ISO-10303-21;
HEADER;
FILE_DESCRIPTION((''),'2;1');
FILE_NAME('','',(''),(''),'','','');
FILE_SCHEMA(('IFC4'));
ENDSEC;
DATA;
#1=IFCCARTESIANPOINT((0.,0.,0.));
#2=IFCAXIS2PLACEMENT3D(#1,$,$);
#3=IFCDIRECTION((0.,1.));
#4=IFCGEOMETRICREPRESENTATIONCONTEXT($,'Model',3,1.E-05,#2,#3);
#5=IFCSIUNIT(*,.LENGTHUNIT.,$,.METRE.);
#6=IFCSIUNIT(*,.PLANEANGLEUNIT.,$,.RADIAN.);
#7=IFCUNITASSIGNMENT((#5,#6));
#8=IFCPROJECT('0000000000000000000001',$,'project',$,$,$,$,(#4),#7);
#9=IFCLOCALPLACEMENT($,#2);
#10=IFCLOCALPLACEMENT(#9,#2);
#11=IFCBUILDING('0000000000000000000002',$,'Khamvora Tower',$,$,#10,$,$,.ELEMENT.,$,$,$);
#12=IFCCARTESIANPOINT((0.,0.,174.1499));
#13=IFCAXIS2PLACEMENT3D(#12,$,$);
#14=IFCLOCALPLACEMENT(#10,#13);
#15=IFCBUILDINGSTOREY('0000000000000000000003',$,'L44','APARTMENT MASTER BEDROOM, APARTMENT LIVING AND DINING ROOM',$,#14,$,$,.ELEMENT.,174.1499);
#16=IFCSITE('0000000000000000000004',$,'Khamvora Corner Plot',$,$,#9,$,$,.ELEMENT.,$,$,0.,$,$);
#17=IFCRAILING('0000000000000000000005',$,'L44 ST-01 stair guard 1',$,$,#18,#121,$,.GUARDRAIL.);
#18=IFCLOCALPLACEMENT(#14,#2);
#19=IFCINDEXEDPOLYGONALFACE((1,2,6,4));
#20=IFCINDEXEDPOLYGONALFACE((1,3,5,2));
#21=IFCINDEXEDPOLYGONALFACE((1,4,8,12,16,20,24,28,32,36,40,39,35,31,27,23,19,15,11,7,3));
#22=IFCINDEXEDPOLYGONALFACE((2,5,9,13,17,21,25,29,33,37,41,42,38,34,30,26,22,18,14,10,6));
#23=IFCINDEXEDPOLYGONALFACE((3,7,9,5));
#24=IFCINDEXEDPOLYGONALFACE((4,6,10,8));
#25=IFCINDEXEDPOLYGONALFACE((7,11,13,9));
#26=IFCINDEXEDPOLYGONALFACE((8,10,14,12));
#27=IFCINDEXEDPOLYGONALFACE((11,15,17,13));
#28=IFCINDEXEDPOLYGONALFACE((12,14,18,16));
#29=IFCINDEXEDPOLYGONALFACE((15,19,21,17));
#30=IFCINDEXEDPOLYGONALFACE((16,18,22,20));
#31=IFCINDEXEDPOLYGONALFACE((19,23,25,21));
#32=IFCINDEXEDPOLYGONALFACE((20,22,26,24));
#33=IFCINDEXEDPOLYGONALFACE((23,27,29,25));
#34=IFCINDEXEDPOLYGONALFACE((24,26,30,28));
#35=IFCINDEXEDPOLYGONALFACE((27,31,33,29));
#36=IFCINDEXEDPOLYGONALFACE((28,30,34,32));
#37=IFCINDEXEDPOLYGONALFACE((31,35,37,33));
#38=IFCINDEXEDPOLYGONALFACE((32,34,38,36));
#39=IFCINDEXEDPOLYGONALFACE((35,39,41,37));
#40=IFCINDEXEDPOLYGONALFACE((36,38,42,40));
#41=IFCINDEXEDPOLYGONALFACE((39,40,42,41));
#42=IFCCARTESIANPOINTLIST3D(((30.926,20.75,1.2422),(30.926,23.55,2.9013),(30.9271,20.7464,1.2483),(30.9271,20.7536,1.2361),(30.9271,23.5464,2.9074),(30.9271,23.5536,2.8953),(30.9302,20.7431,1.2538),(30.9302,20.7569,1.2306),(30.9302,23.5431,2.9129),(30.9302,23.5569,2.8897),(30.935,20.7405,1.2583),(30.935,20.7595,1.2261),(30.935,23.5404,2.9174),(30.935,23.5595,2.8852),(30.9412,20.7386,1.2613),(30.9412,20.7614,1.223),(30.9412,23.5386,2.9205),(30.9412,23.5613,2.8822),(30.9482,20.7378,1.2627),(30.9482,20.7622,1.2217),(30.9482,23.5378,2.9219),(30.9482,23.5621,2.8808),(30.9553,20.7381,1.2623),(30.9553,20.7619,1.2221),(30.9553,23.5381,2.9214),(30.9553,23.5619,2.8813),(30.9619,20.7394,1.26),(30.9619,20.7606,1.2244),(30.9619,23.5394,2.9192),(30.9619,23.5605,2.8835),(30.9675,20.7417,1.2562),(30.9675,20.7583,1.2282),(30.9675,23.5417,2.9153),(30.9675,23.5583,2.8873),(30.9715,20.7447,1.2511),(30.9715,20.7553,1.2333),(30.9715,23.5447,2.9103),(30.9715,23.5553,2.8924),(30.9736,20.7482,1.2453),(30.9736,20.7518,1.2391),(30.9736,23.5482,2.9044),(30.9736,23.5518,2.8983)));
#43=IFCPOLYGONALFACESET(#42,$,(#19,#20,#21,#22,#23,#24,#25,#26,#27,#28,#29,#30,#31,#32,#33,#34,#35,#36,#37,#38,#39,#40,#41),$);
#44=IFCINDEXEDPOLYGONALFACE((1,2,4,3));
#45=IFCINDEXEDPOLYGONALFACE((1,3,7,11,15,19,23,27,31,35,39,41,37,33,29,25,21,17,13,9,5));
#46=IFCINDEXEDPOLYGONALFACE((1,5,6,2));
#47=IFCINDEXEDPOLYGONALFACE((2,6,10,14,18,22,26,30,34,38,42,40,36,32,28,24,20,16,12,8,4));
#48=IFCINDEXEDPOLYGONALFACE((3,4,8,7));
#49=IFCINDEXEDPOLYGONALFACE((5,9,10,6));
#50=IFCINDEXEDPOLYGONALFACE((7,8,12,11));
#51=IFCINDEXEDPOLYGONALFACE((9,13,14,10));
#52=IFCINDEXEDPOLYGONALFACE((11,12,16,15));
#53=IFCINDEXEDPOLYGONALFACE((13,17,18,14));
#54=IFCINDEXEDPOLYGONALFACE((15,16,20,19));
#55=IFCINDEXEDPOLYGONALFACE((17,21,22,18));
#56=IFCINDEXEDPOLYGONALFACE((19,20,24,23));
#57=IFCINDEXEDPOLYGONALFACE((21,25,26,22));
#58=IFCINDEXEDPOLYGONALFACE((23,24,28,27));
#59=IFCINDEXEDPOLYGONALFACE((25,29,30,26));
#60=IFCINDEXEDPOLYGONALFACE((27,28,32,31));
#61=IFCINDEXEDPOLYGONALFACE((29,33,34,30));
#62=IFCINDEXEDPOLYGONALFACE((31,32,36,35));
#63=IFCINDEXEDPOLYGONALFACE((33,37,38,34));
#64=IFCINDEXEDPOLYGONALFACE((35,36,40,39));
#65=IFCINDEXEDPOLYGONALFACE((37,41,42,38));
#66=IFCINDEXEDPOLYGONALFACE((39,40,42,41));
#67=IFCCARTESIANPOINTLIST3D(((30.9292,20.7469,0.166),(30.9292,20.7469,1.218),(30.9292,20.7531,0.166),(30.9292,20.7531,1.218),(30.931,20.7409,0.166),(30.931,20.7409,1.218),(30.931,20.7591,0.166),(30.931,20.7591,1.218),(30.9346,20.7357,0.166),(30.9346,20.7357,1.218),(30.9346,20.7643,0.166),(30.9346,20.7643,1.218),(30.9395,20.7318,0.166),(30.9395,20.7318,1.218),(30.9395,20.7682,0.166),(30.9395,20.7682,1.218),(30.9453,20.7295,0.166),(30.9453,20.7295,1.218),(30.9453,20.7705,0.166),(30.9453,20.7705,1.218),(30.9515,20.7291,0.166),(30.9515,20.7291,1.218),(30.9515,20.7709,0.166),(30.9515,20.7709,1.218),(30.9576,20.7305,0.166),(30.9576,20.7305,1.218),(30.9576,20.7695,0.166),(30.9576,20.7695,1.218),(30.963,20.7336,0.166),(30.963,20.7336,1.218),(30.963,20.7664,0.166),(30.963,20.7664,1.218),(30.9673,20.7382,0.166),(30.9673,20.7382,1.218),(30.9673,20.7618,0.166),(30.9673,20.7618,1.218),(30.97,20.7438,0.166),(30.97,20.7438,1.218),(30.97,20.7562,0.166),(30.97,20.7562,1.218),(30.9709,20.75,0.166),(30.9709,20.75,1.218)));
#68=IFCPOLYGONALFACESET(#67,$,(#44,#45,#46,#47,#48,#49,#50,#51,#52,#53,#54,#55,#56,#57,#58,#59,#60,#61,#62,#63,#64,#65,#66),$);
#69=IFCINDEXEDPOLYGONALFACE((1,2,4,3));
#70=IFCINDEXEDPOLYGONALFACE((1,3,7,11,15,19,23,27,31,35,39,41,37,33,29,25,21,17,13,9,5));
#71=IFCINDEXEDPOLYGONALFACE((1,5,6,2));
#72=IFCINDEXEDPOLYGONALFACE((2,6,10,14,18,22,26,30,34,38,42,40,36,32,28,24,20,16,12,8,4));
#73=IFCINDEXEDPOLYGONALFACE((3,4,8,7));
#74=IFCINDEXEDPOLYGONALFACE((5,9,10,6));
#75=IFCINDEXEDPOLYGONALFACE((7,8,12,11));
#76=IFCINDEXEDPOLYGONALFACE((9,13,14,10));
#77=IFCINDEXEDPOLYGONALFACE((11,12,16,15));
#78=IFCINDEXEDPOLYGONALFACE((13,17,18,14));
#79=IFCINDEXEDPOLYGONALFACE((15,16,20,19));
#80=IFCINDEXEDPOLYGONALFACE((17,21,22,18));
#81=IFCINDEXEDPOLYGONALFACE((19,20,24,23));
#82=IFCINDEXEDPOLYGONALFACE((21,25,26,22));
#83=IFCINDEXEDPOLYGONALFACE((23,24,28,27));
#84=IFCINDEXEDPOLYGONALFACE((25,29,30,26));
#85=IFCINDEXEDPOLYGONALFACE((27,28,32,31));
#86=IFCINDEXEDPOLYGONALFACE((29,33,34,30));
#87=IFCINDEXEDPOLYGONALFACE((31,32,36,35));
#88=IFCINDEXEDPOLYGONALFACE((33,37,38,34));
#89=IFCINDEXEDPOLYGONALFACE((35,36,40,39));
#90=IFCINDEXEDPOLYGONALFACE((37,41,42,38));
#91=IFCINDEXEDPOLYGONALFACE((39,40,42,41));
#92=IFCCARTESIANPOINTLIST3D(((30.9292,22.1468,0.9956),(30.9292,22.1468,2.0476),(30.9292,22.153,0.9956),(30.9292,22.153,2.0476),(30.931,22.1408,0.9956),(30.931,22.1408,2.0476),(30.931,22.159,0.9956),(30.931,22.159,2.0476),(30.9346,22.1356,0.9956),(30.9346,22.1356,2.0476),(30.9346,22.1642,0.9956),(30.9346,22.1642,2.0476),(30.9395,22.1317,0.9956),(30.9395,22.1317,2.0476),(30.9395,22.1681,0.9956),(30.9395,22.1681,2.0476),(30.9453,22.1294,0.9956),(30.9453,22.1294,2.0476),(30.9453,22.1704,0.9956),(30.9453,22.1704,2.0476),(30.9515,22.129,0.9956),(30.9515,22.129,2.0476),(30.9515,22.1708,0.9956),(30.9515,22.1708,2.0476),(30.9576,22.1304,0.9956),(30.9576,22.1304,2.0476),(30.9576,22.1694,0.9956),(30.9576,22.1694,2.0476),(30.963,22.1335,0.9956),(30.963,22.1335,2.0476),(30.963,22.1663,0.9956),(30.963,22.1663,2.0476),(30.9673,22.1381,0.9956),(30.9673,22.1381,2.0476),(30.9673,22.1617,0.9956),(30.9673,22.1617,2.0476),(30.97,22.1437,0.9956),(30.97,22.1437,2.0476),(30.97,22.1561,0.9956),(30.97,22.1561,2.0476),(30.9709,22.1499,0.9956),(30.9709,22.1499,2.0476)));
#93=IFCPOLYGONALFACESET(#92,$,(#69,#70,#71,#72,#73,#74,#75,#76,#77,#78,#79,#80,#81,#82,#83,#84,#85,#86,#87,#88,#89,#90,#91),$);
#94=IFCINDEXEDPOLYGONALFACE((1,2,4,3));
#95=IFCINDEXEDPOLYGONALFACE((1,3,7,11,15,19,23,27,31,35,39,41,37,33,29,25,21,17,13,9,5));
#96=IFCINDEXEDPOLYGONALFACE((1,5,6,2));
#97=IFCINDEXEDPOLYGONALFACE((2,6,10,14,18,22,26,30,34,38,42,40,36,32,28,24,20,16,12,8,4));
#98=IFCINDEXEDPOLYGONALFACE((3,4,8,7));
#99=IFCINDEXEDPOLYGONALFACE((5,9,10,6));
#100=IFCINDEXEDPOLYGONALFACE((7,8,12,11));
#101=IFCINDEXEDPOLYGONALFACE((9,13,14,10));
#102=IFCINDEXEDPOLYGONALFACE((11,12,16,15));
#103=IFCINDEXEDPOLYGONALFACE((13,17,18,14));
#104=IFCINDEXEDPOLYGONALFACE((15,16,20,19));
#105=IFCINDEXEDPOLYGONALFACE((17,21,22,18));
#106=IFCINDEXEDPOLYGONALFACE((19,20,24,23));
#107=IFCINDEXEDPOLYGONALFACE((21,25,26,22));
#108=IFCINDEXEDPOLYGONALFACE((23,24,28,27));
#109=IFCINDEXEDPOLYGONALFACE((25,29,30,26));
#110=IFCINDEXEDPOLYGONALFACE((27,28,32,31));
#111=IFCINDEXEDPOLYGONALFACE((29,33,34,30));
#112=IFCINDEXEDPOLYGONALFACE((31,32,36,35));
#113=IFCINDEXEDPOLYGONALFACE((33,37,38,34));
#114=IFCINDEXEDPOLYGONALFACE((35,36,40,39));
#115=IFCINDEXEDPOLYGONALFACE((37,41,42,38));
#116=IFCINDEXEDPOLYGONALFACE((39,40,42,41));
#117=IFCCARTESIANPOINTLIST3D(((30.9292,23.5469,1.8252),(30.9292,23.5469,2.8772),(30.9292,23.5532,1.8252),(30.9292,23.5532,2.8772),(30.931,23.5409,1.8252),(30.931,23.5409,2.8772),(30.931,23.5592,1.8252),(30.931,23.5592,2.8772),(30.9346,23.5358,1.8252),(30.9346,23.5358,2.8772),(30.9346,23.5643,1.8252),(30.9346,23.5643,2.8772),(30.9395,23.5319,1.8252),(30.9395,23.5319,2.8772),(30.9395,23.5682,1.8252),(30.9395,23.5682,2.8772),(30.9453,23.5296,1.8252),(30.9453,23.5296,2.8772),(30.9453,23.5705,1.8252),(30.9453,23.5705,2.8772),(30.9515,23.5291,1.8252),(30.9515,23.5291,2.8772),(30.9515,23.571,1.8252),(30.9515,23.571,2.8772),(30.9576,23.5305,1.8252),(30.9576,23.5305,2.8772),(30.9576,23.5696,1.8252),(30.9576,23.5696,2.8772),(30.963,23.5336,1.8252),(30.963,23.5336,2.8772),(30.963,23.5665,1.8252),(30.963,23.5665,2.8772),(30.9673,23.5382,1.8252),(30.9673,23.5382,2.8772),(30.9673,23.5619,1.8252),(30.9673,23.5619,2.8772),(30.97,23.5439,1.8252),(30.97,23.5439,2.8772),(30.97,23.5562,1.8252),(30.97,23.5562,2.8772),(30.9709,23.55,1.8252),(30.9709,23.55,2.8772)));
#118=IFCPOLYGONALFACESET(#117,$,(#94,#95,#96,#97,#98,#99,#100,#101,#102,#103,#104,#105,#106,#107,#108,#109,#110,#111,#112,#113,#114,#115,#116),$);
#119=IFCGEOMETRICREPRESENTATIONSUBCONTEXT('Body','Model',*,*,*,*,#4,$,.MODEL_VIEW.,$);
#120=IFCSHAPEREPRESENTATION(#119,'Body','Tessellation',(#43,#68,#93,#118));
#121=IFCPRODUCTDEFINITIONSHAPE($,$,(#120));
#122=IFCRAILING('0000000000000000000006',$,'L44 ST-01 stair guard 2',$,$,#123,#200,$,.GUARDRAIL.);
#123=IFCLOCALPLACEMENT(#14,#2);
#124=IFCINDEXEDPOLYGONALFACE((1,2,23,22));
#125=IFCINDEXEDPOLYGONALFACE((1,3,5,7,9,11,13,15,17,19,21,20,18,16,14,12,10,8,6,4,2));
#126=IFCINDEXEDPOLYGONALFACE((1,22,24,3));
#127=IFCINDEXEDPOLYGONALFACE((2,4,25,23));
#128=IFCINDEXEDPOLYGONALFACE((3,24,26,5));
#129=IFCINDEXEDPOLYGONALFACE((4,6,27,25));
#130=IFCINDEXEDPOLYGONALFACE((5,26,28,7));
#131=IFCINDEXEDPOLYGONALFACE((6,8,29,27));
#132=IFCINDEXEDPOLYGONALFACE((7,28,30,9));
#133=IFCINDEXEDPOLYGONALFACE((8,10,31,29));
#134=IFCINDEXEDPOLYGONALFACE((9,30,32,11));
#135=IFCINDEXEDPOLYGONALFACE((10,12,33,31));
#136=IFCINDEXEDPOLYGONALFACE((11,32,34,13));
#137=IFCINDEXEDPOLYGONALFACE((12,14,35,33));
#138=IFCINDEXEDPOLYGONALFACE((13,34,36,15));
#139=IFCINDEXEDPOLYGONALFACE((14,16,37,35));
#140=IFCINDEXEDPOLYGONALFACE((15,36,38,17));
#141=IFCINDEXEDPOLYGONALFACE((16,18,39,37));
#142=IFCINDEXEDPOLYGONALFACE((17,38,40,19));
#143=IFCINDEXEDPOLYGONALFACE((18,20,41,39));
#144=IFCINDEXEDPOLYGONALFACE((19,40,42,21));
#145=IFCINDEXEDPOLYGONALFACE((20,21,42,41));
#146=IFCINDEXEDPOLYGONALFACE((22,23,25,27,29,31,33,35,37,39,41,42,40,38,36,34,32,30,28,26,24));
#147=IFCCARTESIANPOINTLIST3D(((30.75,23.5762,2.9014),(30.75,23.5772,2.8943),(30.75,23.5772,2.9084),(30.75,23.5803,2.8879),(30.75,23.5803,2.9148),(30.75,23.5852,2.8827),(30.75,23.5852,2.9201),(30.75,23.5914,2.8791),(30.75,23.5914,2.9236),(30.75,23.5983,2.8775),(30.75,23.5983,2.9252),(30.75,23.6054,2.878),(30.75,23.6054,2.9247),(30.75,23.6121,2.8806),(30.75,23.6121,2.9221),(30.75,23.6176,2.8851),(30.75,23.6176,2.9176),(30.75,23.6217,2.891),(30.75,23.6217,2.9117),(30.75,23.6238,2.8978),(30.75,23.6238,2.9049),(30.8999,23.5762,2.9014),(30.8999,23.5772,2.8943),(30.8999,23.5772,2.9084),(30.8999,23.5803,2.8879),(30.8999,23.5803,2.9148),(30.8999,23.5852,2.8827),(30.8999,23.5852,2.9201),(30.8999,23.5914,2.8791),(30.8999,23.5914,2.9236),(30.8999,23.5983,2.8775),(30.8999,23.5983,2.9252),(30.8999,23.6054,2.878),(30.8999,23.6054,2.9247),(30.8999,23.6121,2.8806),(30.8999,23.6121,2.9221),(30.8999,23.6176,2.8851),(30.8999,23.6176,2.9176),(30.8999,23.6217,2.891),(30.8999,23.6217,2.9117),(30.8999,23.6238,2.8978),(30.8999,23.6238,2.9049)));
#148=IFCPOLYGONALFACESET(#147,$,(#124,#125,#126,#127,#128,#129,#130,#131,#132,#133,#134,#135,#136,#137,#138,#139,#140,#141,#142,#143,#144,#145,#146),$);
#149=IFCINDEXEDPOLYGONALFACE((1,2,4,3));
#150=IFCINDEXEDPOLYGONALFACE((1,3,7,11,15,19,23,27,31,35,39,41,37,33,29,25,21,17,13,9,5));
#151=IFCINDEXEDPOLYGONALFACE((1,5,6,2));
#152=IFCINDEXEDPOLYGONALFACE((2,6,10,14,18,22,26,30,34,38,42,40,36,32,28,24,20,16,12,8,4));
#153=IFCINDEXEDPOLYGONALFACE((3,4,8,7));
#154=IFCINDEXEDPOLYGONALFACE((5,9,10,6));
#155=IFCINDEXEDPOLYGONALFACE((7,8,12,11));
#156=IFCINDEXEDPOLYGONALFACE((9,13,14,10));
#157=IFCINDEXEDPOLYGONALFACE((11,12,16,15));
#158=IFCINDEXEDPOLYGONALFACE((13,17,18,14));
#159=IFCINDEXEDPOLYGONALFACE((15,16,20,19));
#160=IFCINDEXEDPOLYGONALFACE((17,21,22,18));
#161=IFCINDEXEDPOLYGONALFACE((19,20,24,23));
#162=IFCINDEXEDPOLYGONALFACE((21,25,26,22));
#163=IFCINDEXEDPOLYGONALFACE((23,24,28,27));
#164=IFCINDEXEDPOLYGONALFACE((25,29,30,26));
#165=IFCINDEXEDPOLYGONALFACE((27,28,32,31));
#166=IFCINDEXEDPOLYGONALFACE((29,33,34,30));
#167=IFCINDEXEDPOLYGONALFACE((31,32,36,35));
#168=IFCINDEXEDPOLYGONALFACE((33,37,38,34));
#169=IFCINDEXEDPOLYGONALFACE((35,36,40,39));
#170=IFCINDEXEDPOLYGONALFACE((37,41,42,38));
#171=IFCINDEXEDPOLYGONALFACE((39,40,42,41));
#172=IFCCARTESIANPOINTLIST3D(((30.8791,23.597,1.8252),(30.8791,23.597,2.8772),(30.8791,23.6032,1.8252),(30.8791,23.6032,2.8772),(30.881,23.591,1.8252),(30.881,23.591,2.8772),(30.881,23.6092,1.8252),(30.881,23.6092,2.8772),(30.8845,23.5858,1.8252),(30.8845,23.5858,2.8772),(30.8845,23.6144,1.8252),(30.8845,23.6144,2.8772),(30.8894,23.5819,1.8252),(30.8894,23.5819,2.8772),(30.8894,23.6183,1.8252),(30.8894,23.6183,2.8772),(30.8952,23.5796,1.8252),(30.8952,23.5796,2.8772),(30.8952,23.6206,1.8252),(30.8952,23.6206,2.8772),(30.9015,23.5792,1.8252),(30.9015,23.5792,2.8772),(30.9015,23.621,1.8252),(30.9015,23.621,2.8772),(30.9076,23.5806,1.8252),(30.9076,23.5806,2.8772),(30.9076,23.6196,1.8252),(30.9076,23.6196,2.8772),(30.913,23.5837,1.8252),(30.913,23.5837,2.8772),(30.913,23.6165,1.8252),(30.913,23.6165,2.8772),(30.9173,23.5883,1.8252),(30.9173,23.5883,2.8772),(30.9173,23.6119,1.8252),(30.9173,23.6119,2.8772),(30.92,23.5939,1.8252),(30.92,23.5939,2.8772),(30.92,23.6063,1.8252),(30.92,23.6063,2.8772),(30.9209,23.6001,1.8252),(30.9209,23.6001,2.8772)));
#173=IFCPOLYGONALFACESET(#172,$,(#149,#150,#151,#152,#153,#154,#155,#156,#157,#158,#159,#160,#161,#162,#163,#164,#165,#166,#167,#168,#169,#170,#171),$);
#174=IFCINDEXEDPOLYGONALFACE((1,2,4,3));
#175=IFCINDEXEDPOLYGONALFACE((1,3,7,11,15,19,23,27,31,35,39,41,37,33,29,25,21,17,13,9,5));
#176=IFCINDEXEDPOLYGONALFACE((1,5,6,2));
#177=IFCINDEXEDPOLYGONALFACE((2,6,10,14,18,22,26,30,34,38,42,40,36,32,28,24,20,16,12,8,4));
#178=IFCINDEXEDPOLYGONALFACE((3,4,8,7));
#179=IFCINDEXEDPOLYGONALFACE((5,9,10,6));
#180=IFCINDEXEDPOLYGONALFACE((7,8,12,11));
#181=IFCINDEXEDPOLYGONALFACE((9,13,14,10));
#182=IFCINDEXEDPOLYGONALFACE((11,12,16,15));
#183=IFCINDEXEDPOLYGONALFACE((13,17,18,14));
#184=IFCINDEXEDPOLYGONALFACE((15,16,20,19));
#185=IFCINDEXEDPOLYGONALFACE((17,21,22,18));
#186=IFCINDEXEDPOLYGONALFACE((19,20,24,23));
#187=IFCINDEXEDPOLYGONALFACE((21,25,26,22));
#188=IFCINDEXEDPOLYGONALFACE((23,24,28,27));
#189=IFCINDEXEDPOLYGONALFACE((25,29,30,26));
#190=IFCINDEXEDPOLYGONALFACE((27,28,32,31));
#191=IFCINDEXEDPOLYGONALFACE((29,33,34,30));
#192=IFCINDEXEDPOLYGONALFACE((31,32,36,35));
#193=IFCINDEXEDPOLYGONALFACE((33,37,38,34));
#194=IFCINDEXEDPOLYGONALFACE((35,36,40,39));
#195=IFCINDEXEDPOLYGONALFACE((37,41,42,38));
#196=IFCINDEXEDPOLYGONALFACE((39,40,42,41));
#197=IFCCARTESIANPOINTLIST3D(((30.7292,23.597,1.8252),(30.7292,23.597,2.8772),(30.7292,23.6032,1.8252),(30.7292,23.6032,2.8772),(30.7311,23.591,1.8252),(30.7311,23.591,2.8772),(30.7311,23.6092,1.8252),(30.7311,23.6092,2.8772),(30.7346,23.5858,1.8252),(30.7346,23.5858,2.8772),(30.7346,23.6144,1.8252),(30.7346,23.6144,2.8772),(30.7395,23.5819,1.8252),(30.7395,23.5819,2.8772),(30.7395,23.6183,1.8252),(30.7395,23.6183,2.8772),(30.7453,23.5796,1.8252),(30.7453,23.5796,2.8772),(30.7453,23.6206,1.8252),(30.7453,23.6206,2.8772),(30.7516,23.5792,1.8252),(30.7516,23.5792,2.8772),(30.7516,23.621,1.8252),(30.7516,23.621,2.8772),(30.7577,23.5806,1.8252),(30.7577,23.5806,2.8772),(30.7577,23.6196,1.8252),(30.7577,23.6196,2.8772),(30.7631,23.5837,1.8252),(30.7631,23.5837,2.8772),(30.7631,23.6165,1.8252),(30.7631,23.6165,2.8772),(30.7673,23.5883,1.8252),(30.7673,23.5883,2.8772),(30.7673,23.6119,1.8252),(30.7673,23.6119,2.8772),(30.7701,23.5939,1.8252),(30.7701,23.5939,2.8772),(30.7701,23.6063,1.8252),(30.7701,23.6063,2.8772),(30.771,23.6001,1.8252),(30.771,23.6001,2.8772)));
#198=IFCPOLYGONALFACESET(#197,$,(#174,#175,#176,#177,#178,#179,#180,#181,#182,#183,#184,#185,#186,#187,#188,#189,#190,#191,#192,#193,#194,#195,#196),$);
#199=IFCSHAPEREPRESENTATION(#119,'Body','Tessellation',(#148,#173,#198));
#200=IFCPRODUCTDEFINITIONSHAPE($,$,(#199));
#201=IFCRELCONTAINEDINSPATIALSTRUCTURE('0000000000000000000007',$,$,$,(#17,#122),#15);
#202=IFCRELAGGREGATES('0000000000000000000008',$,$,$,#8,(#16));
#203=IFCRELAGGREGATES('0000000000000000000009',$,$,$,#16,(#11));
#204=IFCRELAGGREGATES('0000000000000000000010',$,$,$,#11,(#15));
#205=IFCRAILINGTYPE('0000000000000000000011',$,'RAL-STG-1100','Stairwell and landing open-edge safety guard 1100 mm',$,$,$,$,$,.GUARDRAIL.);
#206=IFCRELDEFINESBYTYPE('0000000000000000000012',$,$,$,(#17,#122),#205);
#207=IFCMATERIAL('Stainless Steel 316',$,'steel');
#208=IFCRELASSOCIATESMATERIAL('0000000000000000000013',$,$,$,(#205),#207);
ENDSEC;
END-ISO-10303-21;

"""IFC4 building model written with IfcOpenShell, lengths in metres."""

from ifc_helpers import new_model, si_unit, direction, frame, origin, origin_2d, place, context, subcontext, project, spatial, circle, extrude, material, type_object, element, save


model = new_model("IFC4")

# Units and contexts
model_context = context("Model", 3, precision=1e-05, world=origin(), true_north=direction((0.0, 1.0)))
body_context = subcontext(model_context, "Body", "Model", "MODEL_VIEW")
ifc_project = project(units=[si_unit("LENGTHUNIT", "METRE"), si_unit("PLANEANGLEUNIT", "RADIAN")], contexts=[model_context])

# Site, building, storey
site_placement = place(None, origin())
site = spatial("IfcSite", under=ifc_project, at=site_placement, Name="Khamvora Corner Plot", CompositionType="ELEMENT", RefElevation=0.0)
building_placement = place(site_placement, origin())
building = spatial("IfcBuilding", under=site, at=building_placement, Name="Khamvora Tower", CompositionType="ELEMENT")
storey_placement = place(building_placement, frame((0.0, 0.0, 174.1499)))
storey = spatial("IfcBuildingStorey", under=building, at=storey_placement, Name="L44", Description="APARTMENT MASTER BEDROOM, APARTMENT LIVING AND DINING ROOM", CompositionType="ELEMENT", Elevation=174.1499)

# Railings
ifc_material_1 = material(Name="Stainless Steel 316", Category="steel")
railing_type_1 = type_object("IfcRailingType", Name="RAL-STG-1100", Description="Stairwell and landing open-edge safety guard 1100 mm", PredefinedType="GUARDRAIL", material=ifc_material_1)
railing_1_placement = place(storey_placement, frame((30.95, 20.75, 0.166)))
element("IfcRailing", 1, at=railing_1_placement, inside=storey, type_object=railing_type_1, Name="L44 ST-01 stair guard 1", PredefinedType="GUARDRAIL", context=body_context, shape_type="SweptSolid", body=[
    extrude(circle(Radius=0.0239, at=origin_2d()), frame((0.0, 0.0, 1.0762), z_axis=(0.0, 0.860306, 0.509778), x_axis=(-1.0, 0.0, 0.0)), (0.0, 0.0, 1.0), 3.2546),
    extrude(circle(Radius=0.021, at=origin_2d()), origin(), (0.0, 0.0, 1.0), 1.052),
    extrude(circle(Radius=0.021, at=origin_2d()), frame((0.0, 1.3999, 0.8296)), (0.0, 0.0, 1.0), 1.052),
    extrude(circle(Radius=0.021, at=origin_2d()), frame((0.0, 2.8, 1.6592)), (0.0, 0.0, 1.0), 1.052),
])
railing_2_placement = place(storey_placement, frame((30.8999, 23.6001, 1.8252)))
element("IfcRailing", 2, at=railing_2_placement, inside=storey, type_object=railing_type_1, Name="L44 ST-01 stair guard 2", PredefinedType="GUARDRAIL", context=body_context, shape_type="SweptSolid", body=[
    extrude(circle(Radius=0.0239, at=origin_2d()), frame((0.0, 0.0, 1.0762), z_axis=(-1.0, 0.0, 0.0), x_axis=(0.0, -1.0, 0.0)), (0.0, 0.0, 1.0), 0.1499),
    extrude(circle(Radius=0.021, at=origin_2d()), origin(), (0.0, 0.0, 1.0), 1.052),
    extrude(circle(Radius=0.021, at=origin_2d()), frame((-0.1499, 0.0, 0.0)), (0.0, 0.0, 1.0), 1.052),
])

save(model, "model.ifc")
